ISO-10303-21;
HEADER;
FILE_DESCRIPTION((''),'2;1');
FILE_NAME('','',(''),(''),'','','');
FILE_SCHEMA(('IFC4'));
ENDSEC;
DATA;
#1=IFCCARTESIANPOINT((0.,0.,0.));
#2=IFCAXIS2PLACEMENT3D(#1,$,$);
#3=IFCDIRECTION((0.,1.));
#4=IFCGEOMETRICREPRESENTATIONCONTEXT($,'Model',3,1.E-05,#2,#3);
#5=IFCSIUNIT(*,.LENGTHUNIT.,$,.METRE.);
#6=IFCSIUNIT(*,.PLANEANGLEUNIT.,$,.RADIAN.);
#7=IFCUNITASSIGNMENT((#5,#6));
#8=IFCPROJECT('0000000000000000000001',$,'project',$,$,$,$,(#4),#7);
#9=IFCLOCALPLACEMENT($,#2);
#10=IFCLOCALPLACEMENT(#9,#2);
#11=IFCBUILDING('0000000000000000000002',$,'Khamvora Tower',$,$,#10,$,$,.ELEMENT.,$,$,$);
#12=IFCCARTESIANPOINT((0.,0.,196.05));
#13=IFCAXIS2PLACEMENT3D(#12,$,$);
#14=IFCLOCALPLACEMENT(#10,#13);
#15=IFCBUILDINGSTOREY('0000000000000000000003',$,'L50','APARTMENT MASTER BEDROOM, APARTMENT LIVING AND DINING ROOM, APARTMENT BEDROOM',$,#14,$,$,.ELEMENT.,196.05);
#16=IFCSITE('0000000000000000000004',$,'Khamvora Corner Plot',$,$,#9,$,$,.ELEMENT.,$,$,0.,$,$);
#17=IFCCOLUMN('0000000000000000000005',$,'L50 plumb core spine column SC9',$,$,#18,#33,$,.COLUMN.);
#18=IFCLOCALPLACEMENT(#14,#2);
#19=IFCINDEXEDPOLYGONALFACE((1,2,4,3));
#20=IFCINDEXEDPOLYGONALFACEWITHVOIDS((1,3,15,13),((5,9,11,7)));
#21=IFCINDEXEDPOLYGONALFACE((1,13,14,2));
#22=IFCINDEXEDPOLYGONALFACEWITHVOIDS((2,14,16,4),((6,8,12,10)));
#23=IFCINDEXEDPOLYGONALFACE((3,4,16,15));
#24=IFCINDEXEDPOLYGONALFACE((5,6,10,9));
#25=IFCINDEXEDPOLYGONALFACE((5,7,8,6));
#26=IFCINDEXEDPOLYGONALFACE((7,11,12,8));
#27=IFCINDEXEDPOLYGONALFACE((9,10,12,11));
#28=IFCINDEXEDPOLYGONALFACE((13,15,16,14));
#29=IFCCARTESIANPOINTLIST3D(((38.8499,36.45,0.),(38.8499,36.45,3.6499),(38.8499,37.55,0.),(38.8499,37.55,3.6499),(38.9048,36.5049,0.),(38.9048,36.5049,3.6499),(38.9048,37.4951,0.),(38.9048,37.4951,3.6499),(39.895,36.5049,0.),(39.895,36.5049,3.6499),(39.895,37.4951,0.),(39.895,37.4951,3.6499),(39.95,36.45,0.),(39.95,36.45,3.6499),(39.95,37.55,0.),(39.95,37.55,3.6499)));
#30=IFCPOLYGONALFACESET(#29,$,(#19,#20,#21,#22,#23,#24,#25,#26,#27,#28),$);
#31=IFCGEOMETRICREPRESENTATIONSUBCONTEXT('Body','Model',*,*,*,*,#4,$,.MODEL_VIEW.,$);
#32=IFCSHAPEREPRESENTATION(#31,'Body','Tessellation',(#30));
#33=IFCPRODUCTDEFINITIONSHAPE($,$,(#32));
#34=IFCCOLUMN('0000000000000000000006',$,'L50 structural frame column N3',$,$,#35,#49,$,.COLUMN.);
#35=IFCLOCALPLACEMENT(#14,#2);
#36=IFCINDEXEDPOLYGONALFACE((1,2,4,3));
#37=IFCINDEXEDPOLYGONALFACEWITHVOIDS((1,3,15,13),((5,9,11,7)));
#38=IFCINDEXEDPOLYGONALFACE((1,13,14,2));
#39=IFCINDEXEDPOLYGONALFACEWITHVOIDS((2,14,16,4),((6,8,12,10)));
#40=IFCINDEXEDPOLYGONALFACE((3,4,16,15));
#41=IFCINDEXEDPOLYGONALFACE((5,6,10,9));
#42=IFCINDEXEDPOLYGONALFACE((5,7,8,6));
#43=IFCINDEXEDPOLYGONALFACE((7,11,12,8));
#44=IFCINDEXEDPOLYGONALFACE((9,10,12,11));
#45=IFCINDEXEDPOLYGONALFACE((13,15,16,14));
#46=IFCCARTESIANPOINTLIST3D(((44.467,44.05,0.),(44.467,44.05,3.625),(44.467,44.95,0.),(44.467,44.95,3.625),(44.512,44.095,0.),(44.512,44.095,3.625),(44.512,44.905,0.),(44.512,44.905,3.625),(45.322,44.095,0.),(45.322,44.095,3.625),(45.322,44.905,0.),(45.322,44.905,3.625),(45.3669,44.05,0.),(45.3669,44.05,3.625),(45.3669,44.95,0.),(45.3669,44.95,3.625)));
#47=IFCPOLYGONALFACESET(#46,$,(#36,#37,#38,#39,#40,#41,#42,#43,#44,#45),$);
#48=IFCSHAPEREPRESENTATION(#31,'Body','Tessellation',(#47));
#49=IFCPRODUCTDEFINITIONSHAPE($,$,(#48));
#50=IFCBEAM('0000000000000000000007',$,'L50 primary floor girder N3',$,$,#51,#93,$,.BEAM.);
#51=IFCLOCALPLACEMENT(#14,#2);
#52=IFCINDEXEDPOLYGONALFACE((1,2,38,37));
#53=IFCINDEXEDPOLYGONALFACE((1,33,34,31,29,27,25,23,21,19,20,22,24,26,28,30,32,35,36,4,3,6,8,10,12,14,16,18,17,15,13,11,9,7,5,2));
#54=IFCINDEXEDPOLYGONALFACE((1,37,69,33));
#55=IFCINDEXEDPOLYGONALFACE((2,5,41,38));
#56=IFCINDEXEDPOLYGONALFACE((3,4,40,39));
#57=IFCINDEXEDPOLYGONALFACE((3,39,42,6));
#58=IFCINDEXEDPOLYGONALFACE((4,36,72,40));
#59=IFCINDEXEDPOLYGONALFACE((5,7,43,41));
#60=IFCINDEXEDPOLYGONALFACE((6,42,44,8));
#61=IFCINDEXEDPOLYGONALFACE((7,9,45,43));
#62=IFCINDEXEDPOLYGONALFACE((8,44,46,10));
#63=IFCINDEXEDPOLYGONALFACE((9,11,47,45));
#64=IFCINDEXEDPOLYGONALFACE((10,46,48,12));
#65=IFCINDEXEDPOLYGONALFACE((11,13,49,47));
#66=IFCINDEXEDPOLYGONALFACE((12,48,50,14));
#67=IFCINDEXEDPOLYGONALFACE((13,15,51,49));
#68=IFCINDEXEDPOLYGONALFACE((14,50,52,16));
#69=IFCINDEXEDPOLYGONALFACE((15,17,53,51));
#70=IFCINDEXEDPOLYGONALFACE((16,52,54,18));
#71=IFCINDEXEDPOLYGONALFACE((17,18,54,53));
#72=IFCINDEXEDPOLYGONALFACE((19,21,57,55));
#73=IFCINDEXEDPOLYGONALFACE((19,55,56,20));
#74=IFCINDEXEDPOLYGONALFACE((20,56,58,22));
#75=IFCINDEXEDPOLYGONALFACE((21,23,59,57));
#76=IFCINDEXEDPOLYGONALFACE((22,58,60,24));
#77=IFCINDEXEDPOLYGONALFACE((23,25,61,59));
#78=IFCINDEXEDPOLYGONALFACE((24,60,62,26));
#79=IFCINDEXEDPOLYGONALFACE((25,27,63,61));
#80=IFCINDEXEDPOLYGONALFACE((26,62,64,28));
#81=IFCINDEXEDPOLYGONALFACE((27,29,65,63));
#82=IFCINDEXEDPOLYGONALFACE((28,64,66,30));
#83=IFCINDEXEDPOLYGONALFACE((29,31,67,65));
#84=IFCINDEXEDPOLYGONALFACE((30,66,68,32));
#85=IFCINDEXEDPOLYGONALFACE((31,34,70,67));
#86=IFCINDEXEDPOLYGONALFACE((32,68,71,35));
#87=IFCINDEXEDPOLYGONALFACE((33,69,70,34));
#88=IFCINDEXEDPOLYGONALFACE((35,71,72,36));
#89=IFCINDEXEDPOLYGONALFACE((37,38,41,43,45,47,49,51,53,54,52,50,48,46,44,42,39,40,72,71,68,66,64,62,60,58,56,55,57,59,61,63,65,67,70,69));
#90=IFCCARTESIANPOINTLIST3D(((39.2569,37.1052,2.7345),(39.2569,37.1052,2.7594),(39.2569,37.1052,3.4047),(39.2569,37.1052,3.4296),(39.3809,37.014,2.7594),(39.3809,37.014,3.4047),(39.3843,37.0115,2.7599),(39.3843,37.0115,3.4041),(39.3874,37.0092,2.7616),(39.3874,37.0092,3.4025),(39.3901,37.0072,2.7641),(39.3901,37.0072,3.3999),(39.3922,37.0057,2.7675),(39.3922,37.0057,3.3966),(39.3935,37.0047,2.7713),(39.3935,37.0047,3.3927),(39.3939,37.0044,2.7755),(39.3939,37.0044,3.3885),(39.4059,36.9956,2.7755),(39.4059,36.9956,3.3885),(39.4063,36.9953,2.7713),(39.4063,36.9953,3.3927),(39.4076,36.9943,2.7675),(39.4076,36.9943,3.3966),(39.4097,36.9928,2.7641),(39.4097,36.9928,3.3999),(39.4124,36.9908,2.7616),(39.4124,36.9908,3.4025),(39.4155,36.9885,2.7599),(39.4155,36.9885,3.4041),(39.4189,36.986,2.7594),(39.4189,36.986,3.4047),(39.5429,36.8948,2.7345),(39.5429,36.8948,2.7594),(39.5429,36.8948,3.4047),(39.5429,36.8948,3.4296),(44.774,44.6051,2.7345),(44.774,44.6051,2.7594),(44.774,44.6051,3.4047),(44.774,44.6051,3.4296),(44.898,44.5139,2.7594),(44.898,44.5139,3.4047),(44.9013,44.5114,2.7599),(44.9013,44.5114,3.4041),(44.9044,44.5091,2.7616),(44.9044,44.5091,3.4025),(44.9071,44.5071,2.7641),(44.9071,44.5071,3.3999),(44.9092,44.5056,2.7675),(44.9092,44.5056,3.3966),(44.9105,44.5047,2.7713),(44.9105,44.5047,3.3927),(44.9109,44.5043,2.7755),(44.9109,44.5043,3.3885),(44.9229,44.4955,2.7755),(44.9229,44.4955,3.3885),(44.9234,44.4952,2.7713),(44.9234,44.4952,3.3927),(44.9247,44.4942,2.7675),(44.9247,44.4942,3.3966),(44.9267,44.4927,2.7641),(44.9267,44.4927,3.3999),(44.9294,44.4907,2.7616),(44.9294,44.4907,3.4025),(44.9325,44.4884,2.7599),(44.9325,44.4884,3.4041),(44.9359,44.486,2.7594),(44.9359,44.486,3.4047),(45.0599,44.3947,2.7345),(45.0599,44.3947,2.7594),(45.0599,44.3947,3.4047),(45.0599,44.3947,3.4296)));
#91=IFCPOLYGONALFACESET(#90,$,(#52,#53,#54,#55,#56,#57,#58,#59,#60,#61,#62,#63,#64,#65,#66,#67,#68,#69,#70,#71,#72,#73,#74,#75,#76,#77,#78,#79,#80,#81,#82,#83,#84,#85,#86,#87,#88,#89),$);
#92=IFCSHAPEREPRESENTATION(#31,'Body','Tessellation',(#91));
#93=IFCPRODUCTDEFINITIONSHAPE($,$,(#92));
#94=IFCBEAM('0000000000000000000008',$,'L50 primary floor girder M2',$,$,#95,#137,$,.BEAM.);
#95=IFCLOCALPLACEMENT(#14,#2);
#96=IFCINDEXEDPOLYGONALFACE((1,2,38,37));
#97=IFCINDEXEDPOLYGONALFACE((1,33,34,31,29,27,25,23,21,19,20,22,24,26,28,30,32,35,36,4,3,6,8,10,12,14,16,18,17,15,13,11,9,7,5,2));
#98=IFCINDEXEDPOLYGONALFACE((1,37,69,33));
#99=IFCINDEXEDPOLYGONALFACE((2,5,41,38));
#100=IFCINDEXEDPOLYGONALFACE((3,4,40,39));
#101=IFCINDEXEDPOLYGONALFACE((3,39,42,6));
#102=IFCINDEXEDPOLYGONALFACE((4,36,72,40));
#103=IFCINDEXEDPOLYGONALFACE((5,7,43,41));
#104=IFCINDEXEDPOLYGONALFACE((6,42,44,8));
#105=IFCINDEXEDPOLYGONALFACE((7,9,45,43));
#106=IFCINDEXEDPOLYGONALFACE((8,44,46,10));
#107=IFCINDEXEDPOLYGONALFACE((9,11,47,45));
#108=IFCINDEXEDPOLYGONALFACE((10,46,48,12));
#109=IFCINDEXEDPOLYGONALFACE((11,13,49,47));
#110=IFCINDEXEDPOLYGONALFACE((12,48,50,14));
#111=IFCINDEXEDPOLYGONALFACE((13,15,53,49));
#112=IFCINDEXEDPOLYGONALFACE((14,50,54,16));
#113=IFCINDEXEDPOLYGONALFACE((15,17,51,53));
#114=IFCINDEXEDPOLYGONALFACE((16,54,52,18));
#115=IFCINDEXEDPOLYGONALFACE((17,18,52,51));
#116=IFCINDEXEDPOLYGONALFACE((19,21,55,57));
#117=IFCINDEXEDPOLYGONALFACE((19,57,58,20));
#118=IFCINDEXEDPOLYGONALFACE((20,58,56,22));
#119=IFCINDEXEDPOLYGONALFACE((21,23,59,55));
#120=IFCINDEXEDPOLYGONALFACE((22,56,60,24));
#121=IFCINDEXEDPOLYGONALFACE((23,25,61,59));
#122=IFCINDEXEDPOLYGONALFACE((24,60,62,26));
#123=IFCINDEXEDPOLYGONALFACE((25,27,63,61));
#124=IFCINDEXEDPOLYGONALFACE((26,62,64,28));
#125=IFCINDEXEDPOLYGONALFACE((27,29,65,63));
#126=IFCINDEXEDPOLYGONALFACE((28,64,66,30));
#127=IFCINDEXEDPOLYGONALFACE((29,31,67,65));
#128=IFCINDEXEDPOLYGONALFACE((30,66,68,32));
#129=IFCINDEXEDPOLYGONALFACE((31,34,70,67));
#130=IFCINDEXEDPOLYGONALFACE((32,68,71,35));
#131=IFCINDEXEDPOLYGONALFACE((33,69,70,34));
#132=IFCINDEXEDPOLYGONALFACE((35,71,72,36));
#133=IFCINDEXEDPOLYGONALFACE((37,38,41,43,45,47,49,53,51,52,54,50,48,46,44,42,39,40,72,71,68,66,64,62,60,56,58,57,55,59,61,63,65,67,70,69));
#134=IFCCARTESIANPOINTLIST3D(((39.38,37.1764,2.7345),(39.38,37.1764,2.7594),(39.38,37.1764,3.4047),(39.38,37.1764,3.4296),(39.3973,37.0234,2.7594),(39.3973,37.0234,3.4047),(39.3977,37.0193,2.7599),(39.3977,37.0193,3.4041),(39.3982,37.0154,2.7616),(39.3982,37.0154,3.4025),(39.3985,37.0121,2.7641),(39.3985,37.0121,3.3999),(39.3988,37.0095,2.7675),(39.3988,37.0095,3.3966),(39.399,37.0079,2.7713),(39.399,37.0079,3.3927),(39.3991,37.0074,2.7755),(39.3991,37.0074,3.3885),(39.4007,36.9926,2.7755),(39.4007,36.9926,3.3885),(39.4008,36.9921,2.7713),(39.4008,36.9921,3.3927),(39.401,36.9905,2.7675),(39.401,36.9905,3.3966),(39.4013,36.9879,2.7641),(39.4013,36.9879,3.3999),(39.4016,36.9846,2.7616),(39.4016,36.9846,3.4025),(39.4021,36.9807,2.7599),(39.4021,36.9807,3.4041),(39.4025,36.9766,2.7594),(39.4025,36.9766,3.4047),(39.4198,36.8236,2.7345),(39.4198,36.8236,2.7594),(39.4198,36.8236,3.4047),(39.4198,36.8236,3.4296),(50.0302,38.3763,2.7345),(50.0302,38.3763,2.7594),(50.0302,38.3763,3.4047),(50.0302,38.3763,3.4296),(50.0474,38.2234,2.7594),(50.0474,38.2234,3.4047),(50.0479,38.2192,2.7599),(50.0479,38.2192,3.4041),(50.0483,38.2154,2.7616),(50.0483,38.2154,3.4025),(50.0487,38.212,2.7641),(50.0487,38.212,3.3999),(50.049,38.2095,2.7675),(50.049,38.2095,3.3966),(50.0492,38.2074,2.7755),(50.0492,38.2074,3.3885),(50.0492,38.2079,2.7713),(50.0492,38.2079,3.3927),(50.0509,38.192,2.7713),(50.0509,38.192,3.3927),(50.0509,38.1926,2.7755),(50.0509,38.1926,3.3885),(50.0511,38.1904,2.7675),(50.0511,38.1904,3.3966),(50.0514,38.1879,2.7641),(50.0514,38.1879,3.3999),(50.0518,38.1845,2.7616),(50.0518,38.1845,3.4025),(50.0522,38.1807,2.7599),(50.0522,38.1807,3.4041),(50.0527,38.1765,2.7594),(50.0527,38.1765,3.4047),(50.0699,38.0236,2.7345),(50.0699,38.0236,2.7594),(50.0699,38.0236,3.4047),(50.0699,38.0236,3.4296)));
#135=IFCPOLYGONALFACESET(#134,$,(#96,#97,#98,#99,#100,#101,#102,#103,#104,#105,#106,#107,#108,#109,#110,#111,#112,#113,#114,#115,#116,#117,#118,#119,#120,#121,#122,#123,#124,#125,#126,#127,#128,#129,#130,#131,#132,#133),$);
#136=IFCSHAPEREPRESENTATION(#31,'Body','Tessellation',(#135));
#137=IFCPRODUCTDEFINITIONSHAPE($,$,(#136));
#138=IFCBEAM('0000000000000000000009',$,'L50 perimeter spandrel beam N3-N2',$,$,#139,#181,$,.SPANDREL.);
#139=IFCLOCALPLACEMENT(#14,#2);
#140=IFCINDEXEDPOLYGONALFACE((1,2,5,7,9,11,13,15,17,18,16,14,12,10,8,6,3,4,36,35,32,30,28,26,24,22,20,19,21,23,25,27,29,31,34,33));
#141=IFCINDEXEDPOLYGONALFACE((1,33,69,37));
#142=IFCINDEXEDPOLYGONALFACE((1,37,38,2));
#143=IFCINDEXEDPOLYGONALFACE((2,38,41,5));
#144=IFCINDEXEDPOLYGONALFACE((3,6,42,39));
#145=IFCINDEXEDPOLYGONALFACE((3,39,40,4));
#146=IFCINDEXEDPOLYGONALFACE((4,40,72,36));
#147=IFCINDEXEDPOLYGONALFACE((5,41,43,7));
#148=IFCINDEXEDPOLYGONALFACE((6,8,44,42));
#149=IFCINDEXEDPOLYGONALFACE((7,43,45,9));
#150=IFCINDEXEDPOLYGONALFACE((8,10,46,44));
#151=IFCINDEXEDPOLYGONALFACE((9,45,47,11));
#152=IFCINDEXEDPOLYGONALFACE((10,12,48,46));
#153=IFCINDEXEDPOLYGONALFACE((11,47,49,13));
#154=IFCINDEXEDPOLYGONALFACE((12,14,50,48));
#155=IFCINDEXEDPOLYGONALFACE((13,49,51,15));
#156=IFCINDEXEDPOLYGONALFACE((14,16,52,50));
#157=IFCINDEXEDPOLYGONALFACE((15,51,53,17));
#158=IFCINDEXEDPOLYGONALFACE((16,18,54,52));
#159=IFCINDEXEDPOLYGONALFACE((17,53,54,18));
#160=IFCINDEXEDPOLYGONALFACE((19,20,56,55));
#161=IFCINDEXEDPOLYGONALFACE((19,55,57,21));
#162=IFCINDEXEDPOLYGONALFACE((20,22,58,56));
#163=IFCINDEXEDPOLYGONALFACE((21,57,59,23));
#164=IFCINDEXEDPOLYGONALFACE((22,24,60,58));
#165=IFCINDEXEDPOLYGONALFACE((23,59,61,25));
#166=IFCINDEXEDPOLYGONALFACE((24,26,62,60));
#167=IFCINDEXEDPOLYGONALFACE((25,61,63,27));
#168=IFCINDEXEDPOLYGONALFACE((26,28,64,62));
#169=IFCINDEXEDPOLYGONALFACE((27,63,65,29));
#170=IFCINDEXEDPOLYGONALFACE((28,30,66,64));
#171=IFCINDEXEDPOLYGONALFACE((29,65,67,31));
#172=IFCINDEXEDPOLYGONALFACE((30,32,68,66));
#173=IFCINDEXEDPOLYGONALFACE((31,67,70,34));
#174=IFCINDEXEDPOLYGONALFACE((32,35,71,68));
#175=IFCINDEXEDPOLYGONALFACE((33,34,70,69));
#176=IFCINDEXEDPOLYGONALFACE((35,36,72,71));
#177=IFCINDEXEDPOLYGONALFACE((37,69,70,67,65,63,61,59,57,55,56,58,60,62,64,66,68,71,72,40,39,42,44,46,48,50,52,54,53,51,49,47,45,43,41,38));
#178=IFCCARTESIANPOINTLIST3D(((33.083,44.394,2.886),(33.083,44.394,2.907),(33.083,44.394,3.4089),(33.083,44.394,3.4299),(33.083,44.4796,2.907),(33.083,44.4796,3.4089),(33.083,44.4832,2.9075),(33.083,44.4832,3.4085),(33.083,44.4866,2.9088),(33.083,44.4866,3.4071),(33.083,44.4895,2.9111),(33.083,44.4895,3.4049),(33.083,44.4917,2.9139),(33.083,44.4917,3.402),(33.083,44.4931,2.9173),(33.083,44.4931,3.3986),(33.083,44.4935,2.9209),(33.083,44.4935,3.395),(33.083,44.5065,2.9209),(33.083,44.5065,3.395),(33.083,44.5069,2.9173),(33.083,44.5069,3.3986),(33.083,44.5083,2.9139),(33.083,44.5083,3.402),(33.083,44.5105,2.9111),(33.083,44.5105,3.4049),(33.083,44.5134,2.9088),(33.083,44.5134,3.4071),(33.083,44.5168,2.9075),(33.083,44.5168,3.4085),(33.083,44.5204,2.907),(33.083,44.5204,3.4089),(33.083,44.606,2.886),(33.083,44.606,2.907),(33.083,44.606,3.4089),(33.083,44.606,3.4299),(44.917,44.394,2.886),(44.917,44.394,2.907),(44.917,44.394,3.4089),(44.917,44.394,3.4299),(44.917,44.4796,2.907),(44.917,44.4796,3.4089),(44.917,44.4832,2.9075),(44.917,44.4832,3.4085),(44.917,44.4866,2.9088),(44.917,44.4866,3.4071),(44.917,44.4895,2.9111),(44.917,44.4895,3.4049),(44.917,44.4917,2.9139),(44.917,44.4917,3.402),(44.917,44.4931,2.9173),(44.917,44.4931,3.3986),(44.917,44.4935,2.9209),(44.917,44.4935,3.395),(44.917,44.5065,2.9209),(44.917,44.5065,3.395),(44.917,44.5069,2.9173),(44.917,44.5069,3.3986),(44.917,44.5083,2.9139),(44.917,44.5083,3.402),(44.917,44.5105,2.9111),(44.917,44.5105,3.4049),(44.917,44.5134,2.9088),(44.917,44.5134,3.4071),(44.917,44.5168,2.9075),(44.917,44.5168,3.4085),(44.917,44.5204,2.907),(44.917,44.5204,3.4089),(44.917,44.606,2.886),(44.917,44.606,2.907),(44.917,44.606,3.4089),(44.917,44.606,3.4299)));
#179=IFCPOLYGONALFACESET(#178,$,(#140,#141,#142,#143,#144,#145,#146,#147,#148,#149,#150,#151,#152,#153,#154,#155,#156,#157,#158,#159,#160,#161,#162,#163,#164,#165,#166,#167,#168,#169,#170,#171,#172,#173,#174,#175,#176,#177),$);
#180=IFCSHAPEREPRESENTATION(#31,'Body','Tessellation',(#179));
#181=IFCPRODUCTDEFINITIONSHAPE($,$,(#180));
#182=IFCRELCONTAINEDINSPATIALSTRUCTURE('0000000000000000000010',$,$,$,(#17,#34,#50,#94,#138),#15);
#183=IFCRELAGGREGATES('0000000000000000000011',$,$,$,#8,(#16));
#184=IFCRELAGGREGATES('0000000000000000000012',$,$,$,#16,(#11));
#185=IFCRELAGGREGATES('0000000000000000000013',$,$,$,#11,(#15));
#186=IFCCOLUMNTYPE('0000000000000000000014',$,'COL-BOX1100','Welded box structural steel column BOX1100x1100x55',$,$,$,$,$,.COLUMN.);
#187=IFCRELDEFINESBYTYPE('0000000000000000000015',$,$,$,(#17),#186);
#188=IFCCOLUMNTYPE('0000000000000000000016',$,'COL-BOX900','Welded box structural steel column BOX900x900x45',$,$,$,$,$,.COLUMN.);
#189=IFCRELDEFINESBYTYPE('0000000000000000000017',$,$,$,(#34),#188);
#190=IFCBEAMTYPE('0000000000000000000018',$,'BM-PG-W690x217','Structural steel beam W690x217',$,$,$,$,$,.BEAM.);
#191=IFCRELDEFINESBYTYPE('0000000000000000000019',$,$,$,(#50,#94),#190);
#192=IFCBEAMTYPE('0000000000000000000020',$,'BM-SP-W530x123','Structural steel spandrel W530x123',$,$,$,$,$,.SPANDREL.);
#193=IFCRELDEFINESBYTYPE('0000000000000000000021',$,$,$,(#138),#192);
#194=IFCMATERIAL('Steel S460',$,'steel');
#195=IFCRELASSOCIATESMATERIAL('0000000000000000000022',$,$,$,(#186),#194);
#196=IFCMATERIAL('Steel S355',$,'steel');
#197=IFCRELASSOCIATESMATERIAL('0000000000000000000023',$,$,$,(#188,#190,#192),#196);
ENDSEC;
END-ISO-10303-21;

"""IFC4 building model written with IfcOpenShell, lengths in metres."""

from ifc_helpers import new_model, si_unit, direction, frame, origin, origin_2d, place, context, subcontext, project, spatial, hollow_rectangle, i_section, extrude, material, material_profile, profile_set, type_object, element, save


model = new_model("IFC4")

# Units and contexts
model_context = context("Model", 3, precision=1e-05, world=origin(), true_north=direction((0.0, 1.0)))
body_context = subcontext(model_context, "Body", "Model", "MODEL_VIEW")
ifc_project = project(units=[si_unit("LENGTHUNIT", "METRE"), si_unit("PLANEANGLEUNIT", "RADIAN")], contexts=[model_context])

# Site, building, storey
site_placement = place(None, origin())
site = spatial("IfcSite", under=ifc_project, at=site_placement, Name="Khamvora Corner Plot", CompositionType="ELEMENT", RefElevation=0.0)
building_placement = place(site_placement, origin())
building = spatial("IfcBuilding", under=site, at=building_placement, Name="Khamvora Tower", CompositionType="ELEMENT")
storey_placement = place(building_placement, frame((0.0, 0.0, 196.05)))
storey = spatial("IfcBuildingStorey", under=building, at=storey_placement, Name="L50", Description="APARTMENT MASTER BEDROOM, APARTMENT LIVING AND DINING ROOM, APARTMENT BEDROOM", CompositionType="ELEMENT", Elevation=196.05)

# Columns
ifc_material_1 = material(Name="Steel S460", Category="steel")
ifc_material_profile_1 = material_profile(ifc_material_1, hollow_rectangle(XDim=1.1001, YDim=1.1001, WallThickness=0.0549, at=origin_2d()), Name="BOX1100x1100x55")
ifc_profile_set_1 = profile_set([ifc_material_profile_1], Name="Steel S460")
column_type_1 = type_object("IfcColumnType", Name="COL-BOX1100", Description="Welded box structural steel column BOX1100x1100x55", PredefinedType="COLUMN", material=ifc_profile_set_1)
column_1_placement = place(storey_placement, frame((39.3999, 37.0, 0.0), z_axis=(0.0, 0.0, 1.0), x_axis=(1.0, 0.0, 0.0)))
element("IfcColumn", 1, at=column_1_placement, inside=storey, type_object=column_type_1, Name="L50 plumb core spine column SC9", PredefinedType="COLUMN", context=body_context, shape_type="SweptSolid", body=[
    extrude(hollow_rectangle(XDim=1.1001, YDim=1.1001, WallThickness=0.0549, at=origin_2d()), origin(), (0.0, 0.0, 1.0), 3.6499),
])
ifc_material_2 = material(Name="Steel S355", Category="steel")
ifc_material_profile_2 = material_profile(ifc_material_2, hollow_rectangle(XDim=0.8999, YDim=0.8999, WallThickness=0.0449, at=origin_2d()), Name="BOX900x900x45")
ifc_profile_set_2 = profile_set([ifc_material_profile_2], Name="Steel S355")
column_type_2 = type_object("IfcColumnType", Name="COL-BOX900", Description="Welded box structural steel column BOX900x900x45", PredefinedType="COLUMN", material=ifc_profile_set_2)
column_2_placement = place(storey_placement, frame((44.917, 44.5, 0.0), z_axis=(0.0, 0.0, 1.0), x_axis=(1.0, 0.0, 0.0)))
element("IfcColumn", 2, at=column_2_placement, inside=storey, type_object=column_type_2, Name="L50 structural frame column N3", PredefinedType="COLUMN", context=body_context, shape_type="SweptSolid", body=[
    extrude(hollow_rectangle(XDim=0.8999, YDim=0.8999, WallThickness=0.0449, at=origin_2d()), origin(), (0.0, 0.0, 1.0), 3.625),
])

# Beams
ifc_material_profile_3 = material_profile(ifc_material_2, i_section(OverallWidth=0.355, OverallDepth=0.6951, WebThickness=0.0149, FlangeThickness=0.0249, FilletRadius=0.0161, at=origin_2d()), Name="W690x217")
ifc_profile_set_3 = profile_set([ifc_material_profile_3], Name="Steel S355")
beam_type_1 = type_object("IfcBeamType", Name="BM-PG-W690x217", Description="Structural steel beam W690x217", PredefinedType="BEAM", material=ifc_profile_set_3)
beam_1_placement = place(storey_placement, frame((39.3999, 37.0, 3.082), z_axis=(0.592557, 0.805529, 0.0), x_axis=(-0.805529, 0.592557, 0.0)))
element("IfcBeam", 3, at=beam_1_placement, inside=storey, type_object=beam_type_1, Name="L50 primary floor girder N3", PredefinedType="BEAM", context=body_context, shape_type="SweptSolid", body=[
    extrude(i_section(OverallWidth=0.355, OverallDepth=0.6951, WebThickness=0.0149, FlangeThickness=0.0249, FilletRadius=0.0161, at=origin_2d()), origin(), (0.0, 0.0, 1.0), 9.3105),
])
beam_2_placement = place(storey_placement, frame((39.3999, 37.0, 3.082), z_axis=(0.993713, 0.111962, 0.0), x_axis=(-0.111962, 0.993713, 0.0)))
element("IfcBeam", 4, at=beam_2_placement, inside=storey, type_object=beam_type_1, Name="L50 primary floor girder M2", PredefinedType="BEAM", context=body_context, shape_type="SweptSolid", body=[
    extrude(i_section(OverallWidth=0.355, OverallDepth=0.6951, WebThickness=0.0149, FlangeThickness=0.0249, FilletRadius=0.0161, at=origin_2d()), origin(), (0.0, 0.0, 1.0), 10.7175),
])
ifc_material_profile_4 = material_profile(ifc_material_2, i_section(OverallWidth=0.2119, OverallDepth=0.5439, WebThickness=0.0129, FlangeThickness=0.021, FilletRadius=0.0139, at=origin_2d()), Name="W530x123")
ifc_profile_set_4 = profile_set([ifc_material_profile_4], Name="Steel S355")
beam_type_2 = type_object("IfcBeamType", Name="BM-SP-W530x123", Description="Structural steel spandrel W530x123", PredefinedType="SPANDREL", material=ifc_profile_set_4)
beam_3_placement = place(storey_placement, frame((44.917, 44.5, 3.158), z_axis=(-1.0, 0.0, 0.0), x_axis=(0.0, -1.0, 0.0)))
element("IfcBeam", 5, at=beam_3_placement, inside=storey, type_object=beam_type_2, Name="L50 perimeter spandrel beam N3-N2", PredefinedType="SPANDREL", context=body_context, shape_type="SweptSolid", body=[
    extrude(i_section(OverallWidth=0.2119, OverallDepth=0.5439, WebThickness=0.0129, FlangeThickness=0.021, FilletRadius=0.0139, at=origin_2d()), origin(), (0.0, 0.0, 1.0), 11.834),
])

save(model, "model.ifc")
